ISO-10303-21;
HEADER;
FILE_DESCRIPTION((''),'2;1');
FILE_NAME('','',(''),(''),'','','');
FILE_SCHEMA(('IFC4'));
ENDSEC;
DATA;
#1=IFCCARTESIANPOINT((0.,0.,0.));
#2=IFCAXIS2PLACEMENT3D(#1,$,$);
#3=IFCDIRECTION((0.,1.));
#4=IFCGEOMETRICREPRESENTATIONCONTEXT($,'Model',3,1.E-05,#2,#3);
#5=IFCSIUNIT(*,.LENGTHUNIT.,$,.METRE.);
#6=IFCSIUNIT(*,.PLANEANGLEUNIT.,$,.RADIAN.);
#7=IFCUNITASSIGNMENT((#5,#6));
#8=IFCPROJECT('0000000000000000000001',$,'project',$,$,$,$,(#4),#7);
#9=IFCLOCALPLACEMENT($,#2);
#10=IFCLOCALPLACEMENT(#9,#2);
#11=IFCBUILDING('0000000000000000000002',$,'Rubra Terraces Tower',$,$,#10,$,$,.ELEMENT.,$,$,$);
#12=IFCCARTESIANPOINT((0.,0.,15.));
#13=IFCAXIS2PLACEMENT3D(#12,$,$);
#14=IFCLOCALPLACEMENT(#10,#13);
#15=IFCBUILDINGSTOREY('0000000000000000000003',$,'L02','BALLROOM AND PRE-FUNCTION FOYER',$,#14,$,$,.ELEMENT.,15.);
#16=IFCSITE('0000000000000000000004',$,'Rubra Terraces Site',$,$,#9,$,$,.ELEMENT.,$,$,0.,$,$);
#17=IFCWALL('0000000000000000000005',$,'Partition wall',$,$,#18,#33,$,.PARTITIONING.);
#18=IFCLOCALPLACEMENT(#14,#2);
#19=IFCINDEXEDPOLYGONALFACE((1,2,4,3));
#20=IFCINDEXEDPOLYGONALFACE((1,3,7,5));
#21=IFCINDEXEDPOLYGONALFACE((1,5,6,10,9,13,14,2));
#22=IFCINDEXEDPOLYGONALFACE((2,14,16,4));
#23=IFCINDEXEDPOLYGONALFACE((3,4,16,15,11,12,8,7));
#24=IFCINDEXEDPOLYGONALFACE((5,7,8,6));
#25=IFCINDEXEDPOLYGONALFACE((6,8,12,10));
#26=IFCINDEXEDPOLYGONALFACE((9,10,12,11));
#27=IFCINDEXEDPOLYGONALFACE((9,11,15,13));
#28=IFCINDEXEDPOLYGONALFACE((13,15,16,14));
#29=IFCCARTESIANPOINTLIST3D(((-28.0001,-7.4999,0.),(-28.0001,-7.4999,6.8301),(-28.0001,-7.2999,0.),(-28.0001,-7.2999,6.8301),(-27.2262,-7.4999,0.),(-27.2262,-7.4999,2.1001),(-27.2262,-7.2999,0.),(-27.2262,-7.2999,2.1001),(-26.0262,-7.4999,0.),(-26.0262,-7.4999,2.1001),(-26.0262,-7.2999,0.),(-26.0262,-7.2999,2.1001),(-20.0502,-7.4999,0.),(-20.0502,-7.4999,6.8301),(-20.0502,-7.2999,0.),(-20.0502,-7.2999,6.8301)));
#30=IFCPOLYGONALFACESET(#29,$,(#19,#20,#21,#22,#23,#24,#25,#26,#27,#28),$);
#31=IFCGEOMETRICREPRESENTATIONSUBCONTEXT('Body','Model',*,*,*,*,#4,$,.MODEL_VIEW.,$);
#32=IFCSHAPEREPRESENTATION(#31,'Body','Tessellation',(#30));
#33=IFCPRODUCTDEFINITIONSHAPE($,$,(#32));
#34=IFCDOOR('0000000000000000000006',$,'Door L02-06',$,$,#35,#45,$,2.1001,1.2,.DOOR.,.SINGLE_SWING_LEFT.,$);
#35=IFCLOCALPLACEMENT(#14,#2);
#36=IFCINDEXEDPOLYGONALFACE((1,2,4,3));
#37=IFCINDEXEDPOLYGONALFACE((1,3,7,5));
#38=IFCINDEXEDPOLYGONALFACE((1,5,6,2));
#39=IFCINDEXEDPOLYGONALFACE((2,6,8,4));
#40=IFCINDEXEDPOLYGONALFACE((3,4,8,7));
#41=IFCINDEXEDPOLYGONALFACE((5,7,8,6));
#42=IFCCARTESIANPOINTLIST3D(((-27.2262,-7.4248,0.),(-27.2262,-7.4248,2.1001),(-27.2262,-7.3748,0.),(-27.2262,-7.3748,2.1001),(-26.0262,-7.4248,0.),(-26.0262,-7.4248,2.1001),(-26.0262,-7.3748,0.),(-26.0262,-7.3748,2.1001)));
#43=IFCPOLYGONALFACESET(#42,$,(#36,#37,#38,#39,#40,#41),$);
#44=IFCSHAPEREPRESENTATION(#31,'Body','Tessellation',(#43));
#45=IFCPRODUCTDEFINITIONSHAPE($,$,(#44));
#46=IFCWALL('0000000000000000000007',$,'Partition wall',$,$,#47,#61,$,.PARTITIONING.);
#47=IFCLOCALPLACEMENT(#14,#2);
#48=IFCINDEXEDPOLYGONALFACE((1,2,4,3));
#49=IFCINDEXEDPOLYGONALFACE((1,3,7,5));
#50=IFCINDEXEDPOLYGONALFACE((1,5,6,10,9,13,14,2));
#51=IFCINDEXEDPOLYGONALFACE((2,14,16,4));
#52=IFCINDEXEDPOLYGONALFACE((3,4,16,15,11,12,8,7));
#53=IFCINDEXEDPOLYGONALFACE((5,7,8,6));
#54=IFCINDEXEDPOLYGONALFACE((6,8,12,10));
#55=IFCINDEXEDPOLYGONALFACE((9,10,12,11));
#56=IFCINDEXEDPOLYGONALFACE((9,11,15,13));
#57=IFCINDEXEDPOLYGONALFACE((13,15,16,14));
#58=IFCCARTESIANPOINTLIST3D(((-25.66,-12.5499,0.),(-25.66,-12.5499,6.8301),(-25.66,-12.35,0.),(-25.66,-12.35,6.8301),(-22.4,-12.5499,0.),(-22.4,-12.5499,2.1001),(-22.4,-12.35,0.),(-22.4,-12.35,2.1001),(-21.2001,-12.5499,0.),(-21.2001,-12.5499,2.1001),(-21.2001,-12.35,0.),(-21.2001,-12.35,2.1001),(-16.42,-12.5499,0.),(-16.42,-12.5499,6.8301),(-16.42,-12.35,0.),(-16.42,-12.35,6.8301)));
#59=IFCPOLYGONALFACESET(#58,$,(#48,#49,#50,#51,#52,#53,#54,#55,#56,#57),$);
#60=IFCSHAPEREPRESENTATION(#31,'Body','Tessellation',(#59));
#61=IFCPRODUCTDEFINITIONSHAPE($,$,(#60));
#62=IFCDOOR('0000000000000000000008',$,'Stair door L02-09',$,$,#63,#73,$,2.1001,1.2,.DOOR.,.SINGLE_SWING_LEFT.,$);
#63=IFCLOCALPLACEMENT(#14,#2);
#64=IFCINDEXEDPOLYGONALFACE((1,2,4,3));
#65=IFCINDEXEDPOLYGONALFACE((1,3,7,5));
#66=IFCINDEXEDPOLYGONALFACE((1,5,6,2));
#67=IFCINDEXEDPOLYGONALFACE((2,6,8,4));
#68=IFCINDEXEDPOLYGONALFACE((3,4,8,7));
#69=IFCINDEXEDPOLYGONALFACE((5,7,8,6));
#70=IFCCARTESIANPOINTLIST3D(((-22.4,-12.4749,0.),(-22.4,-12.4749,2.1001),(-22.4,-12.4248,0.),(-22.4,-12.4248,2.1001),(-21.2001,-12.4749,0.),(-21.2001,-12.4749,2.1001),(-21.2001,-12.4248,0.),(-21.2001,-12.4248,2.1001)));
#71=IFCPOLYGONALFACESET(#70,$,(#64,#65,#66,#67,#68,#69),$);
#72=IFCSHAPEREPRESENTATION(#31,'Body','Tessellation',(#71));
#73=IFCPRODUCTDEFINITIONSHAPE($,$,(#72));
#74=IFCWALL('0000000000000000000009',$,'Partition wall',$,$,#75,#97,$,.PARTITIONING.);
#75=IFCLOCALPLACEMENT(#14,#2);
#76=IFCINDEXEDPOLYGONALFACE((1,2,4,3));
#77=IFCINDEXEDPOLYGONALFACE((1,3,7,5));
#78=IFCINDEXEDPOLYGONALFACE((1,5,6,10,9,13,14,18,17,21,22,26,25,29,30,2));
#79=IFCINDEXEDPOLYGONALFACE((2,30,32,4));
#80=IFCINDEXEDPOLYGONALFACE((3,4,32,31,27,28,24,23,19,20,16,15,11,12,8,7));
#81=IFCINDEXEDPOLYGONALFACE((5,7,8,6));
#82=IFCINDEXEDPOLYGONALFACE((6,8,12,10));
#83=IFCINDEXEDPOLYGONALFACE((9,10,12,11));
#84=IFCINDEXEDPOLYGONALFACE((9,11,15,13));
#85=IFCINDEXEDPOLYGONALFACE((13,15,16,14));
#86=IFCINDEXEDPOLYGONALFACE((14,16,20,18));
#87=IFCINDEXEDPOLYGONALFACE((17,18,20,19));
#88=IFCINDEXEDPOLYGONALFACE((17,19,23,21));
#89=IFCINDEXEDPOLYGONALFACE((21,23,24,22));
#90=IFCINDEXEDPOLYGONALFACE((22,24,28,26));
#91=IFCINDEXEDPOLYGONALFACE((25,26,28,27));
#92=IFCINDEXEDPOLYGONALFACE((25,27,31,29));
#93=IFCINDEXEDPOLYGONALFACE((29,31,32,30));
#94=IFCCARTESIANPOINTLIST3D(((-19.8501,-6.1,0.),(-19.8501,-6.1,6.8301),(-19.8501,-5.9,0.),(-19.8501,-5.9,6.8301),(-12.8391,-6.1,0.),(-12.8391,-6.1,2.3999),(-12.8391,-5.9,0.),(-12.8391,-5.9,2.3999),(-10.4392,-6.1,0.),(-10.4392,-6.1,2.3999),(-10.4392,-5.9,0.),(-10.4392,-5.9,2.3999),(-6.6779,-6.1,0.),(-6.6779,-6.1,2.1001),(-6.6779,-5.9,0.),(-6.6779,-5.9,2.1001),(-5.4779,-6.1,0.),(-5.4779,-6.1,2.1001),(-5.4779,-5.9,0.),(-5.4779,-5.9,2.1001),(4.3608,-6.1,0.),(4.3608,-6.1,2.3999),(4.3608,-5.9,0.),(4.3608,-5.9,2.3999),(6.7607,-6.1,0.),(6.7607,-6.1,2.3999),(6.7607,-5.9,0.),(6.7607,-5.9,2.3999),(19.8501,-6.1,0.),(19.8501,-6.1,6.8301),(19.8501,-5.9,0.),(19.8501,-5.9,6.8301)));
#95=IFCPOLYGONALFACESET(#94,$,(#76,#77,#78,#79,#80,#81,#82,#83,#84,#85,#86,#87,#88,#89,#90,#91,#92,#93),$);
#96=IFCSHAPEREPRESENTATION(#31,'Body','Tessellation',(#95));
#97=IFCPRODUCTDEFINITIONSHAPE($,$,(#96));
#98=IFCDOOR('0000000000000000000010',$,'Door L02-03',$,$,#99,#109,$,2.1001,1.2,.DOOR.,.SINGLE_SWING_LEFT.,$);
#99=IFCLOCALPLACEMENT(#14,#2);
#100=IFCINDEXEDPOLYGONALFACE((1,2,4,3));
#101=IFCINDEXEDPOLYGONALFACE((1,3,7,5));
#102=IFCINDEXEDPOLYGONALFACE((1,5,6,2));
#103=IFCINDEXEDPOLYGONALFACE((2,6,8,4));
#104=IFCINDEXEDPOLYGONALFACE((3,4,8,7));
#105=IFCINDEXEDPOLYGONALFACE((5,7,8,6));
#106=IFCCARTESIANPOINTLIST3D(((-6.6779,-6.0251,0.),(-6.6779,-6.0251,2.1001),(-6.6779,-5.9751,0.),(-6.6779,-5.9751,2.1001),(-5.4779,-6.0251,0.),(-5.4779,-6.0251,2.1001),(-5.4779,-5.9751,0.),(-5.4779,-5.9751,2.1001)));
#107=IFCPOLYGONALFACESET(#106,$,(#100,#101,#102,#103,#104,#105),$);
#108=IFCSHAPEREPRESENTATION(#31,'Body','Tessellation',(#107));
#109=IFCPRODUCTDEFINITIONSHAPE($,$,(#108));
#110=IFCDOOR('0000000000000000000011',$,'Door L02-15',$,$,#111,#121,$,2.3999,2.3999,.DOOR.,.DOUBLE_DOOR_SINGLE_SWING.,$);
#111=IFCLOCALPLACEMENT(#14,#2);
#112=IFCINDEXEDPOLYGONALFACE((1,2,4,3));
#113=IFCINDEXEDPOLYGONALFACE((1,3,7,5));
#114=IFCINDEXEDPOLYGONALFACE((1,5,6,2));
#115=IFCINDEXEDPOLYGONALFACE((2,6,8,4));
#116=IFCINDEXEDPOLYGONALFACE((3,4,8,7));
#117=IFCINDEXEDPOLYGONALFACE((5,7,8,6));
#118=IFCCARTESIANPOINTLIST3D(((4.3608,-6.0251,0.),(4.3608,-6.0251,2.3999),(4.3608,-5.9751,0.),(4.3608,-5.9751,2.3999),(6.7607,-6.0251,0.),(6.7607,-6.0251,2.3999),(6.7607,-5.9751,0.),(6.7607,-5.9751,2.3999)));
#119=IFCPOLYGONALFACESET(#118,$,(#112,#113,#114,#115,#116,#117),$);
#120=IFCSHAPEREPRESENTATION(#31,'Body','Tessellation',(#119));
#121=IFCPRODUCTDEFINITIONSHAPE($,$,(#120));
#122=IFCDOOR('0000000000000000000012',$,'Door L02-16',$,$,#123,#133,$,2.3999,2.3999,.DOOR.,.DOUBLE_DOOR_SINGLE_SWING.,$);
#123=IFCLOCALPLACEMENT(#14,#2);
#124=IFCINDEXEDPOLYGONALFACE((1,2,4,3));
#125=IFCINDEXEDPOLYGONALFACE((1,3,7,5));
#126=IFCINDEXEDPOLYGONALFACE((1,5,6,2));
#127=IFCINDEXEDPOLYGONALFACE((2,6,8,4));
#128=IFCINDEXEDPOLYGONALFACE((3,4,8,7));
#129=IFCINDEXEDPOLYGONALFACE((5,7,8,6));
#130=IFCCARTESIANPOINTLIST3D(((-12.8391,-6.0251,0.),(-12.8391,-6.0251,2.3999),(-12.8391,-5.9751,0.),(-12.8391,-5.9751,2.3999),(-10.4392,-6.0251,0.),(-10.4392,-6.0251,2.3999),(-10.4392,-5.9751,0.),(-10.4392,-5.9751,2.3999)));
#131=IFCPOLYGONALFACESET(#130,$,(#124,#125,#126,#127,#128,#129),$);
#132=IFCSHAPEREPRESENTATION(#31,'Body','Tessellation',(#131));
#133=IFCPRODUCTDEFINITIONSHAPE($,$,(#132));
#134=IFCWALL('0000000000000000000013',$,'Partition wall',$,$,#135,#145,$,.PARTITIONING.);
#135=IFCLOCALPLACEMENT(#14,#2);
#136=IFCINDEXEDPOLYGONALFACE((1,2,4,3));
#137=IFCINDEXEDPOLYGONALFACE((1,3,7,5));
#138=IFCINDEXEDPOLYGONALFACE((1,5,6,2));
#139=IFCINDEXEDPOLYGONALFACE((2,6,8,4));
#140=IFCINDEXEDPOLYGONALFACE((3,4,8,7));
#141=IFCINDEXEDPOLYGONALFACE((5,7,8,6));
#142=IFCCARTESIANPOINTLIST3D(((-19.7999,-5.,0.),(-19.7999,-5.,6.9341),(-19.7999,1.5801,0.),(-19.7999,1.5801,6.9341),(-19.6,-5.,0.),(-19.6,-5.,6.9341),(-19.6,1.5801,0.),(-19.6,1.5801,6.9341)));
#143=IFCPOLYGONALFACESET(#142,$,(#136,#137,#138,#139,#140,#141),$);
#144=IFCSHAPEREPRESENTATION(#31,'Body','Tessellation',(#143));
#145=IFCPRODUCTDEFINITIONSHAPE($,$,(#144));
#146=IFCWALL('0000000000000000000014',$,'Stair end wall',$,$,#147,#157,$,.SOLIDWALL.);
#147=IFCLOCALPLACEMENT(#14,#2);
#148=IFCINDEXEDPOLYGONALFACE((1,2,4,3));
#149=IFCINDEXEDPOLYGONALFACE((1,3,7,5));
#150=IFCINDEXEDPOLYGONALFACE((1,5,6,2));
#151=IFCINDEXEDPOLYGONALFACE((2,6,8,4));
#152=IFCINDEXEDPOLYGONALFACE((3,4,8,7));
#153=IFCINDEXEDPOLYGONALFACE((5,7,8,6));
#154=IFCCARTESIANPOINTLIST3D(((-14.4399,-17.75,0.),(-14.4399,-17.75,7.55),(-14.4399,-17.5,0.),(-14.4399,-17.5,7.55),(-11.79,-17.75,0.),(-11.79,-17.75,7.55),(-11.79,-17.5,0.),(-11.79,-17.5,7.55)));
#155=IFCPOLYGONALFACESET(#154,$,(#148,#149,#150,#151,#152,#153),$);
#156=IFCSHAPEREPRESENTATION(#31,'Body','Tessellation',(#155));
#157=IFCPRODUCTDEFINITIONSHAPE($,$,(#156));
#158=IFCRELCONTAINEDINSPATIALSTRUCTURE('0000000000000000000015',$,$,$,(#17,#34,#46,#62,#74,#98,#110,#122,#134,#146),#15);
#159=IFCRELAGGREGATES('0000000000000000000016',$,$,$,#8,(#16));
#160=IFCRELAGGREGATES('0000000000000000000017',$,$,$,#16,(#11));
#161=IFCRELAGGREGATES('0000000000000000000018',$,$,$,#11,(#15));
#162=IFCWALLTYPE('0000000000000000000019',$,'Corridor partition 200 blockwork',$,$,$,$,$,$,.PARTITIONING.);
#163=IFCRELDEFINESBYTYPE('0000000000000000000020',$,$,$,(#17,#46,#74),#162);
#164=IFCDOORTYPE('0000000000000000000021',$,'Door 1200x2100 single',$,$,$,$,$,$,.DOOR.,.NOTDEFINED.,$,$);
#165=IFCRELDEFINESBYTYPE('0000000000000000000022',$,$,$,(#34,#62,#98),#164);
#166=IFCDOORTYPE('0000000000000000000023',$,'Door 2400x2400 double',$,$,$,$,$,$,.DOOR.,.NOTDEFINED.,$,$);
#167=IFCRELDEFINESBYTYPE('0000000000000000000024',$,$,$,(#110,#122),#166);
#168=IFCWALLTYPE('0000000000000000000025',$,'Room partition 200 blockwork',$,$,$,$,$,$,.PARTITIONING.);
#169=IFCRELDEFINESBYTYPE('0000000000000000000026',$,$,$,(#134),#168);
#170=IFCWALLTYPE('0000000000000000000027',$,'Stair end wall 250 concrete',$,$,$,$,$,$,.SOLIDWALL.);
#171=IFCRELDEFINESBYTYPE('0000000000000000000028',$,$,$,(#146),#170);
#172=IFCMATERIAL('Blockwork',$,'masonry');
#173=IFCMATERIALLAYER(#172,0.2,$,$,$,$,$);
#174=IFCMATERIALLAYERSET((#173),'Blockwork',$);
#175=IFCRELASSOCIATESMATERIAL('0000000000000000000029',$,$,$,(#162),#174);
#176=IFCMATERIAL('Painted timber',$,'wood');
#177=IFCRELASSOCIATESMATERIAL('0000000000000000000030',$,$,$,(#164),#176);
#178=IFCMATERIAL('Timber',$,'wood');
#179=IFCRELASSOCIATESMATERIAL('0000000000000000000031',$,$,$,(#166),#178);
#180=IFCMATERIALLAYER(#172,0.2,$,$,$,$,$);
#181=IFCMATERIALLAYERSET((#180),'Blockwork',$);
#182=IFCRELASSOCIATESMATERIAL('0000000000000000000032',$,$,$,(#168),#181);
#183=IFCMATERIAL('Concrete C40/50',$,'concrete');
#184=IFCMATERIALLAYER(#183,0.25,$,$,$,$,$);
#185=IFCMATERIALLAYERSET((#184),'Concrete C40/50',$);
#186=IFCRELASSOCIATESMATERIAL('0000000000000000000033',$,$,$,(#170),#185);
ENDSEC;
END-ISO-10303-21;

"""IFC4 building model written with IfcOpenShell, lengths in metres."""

from ifc_helpers import new_model, si_unit, direction, frame, frame_2d, origin, place, context, subcontext, project, spatial, rectangle, extrude, material, layer, layer_set, type_object, element, fill, save


model = new_model("IFC4")

# Units and contexts
model_context = context("Model", 3, precision=1e-05, world=origin(), true_north=direction((0.0, 1.0)))
body_context = subcontext(model_context, "Body", "Model", "MODEL_VIEW")
ifc_project = project(units=[si_unit("LENGTHUNIT", "METRE"), si_unit("PLANEANGLEUNIT", "RADIAN")], contexts=[model_context])

# Site, building, storey
site_placement = place(None, origin())
site = spatial("IfcSite", under=ifc_project, at=site_placement, Name="Rubra Terraces Site", CompositionType="ELEMENT", RefElevation=0.0)
building_placement = place(site_placement, origin())
building = spatial("IfcBuilding", under=site, at=building_placement, Name="Rubra Terraces Tower", CompositionType="ELEMENT")
storey_placement = place(building_placement, frame((0.0, 0.0, 15.0)))
storey = spatial("IfcBuildingStorey", under=building, at=storey_placement, Name="L02", Description="BALLROOM AND PRE-FUNCTION FOYER", CompositionType="ELEMENT", Elevation=15.0)

# Shared definitions
ifc_material_1 = material(Name="Blockwork", Category="masonry")
ifc_layer_1 = layer(ifc_material_1, 0.2)
ifc_layer_set_1 = layer_set([ifc_layer_1], Name="Blockwork")
wall_type_1 = type_object("IfcWallType", Name="Corridor partition 200 blockwork", PredefinedType="PARTITIONING", material=ifc_layer_set_1)

# Walls, openings, doors
wall_1_placement = place(storey_placement, frame((-20.05, -7.3999, 0.0), z_axis=(0.0, 0.0, 1.0), x_axis=(-1.0, 0.0, 0.0)))
wall_1 = element("IfcWall", 1, at=wall_1_placement, inside=storey, type_object=wall_type_1, Name="Partition wall", PredefinedType="PARTITIONING", context=body_context, shape_type="SweptSolid", body=[
    extrude(rectangle(XDim=7.95, YDim=0.2, at=frame_2d((3.9751, 0.0))), origin(), (0.0, 0.0, 1.0), 6.8301),
])
opening_1_placement = place(wall_1_placement, frame((5.9761, 0.0, 0.0)))
opening_1 = element("IfcOpeningElement", 2, at=opening_1_placement, cuts=wall_1, PredefinedType="OPENING", context=body_context, shape_type="SweptSolid", body=[
    extrude(rectangle(XDim=1.2, YDim=2.1001, at=frame_2d((0.6001, 1.05))), frame((0.0, 0.1099, 0.0), z_axis=(0.0, -1.0, 0.0), x_axis=(1.0, 0.0, 0.0)), (0.0, 0.0, 1.0), 0.22),
])
ifc_material_2 = material(Name="Painted timber", Category="wood")
door_type_1 = type_object("IfcDoorType", Name="Door 1200x2100 single", OperationType="NOTDEFINED", PredefinedType="DOOR", material=ifc_material_2)
door_1_placement = place(opening_1_placement, origin())
door_1 = element("IfcDoor", 3, at=door_1_placement, inside=storey, type_object=door_type_1, Name="Door L02-06", OperationType="SINGLE_SWING_LEFT", OverallHeight=2.1001, OverallWidth=1.2, PredefinedType="DOOR", context=body_context, shape_type="SweptSolid", body=[
    extrude(rectangle(XDim=1.2, YDim=2.1001, at=frame_2d((0.6001, 1.05))), frame((0.0, 0.0249, 0.0), z_axis=(0.0, -1.0, 0.0), x_axis=(1.0, 0.0, 0.0)), (0.0, 0.0, 1.0), 0.05),
])
fill(opening_1, door_1)
wall_2_placement = place(storey_placement, frame((-16.4199, -12.45, 0.0), z_axis=(0.0, 0.0, 1.0), x_axis=(-1.0, 0.0, 0.0)))
wall_2 = element("IfcWall", 4, at=wall_2_placement, inside=storey, type_object=wall_type_1, Name="Partition wall", PredefinedType="PARTITIONING", context=body_context, shape_type="SweptSolid", body=[
    extrude(rectangle(XDim=9.24, YDim=0.2, at=frame_2d((4.6201, 0.0))), origin(), (0.0, 0.0, 1.0), 6.8301),
])
opening_2_placement = place(wall_2_placement, frame((4.78, 0.0, 0.0)))
opening_2 = element("IfcOpeningElement", 5, at=opening_2_placement, cuts=wall_2, PredefinedType="OPENING", context=body_context, shape_type="SweptSolid", body=[
    extrude(rectangle(XDim=1.2, YDim=2.1001, at=frame_2d((0.6001, 1.05))), frame((0.0, 0.1099, 0.0), z_axis=(0.0, -1.0, 0.0), x_axis=(1.0, 0.0, 0.0)), (0.0, 0.0, 1.0), 0.22),
])
door_2_placement = place(opening_2_placement, origin())
door_2 = element("IfcDoor", 6, at=door_2_placement, inside=storey, type_object=door_type_1, Name="Stair door L02-09", OperationType="SINGLE_SWING_LEFT", OverallHeight=2.1001, OverallWidth=1.2, PredefinedType="DOOR", context=body_context, shape_type="SweptSolid", body=[
    extrude(rectangle(XDim=1.2, YDim=2.1001, at=frame_2d((0.6001, 1.05))), frame((0.0, 0.0249, 0.0), z_axis=(0.0, -1.0, 0.0), x_axis=(1.0, 0.0, 0.0)), (0.0, 0.0, 1.0), 0.05),
])
fill(opening_2, door_2)

# Wall, openings, doors
wall_3_placement = place(storey_placement, frame((-19.8501, -6.0, 0.0), z_axis=(0.0, 0.0, 1.0), x_axis=(1.0, 0.0, 0.0)))
wall_3 = element("IfcWall", 7, at=wall_3_placement, inside=storey, type_object=wall_type_1, Name="Partition wall", PredefinedType="PARTITIONING", context=body_context, shape_type="SweptSolid", body=[
    extrude(rectangle(XDim=39.7002, YDim=0.2, at=frame_2d((19.8501, 0.0))), origin(), (0.0, 0.0, 1.0), 6.8301),
])
opening_3_placement = place(wall_3_placement, frame((13.1721, 0.0, 0.0)))
opening_3 = element("IfcOpeningElement", 8, at=opening_3_placement, cuts=wall_3, PredefinedType="OPENING", context=body_context, shape_type="SweptSolid", body=[
    extrude(rectangle(XDim=1.2, YDim=2.1001, at=frame_2d((0.6001, 1.05))), frame((0.0, 0.1099, 0.0), z_axis=(0.0, -1.0, 0.0), x_axis=(1.0, 0.0, 0.0)), (0.0, 0.0, 1.0), 0.22),
])
opening_4_placement = place(wall_3_placement, frame((24.2109, 0.0, 0.0)))
opening_4 = element("IfcOpeningElement", 9, at=opening_4_placement, cuts=wall_3, PredefinedType="OPENING", context=body_context, shape_type="SweptSolid", body=[
    extrude(rectangle(XDim=2.3999, YDim=2.3999, at=frame_2d((1.2, 1.2))), frame((0.0, 0.1099, 0.0), z_axis=(0.0, -1.0, 0.0), x_axis=(1.0, 0.0, 0.0)), (0.0, 0.0, 1.0), 0.22),
])
opening_5_placement = place(wall_3_placement, frame((7.011, 0.0, 0.0)))
opening_5 = element("IfcOpeningElement", 10, at=opening_5_placement, cuts=wall_3, PredefinedType="OPENING", context=body_context, shape_type="SweptSolid", body=[
    extrude(rectangle(XDim=2.3999, YDim=2.3999, at=frame_2d((1.2, 1.2))), frame((0.0, 0.1099, 0.0), z_axis=(0.0, -1.0, 0.0), x_axis=(1.0, 0.0, 0.0)), (0.0, 0.0, 1.0), 0.22),
])
door_3_placement = place(opening_3_placement, origin())
door_3 = element("IfcDoor", 11, at=door_3_placement, inside=storey, type_object=door_type_1, Name="Door L02-03", OperationType="SINGLE_SWING_LEFT", OverallHeight=2.1001, OverallWidth=1.2, PredefinedType="DOOR", context=body_context, shape_type="SweptSolid", body=[
    extrude(rectangle(XDim=1.2, YDim=2.1001, at=frame_2d((0.6001, 1.05))), frame((0.0, 0.0249, 0.0), z_axis=(0.0, -1.0, 0.0), x_axis=(1.0, 0.0, 0.0)), (0.0, 0.0, 1.0), 0.05),
])
fill(opening_3, door_3)
ifc_material_3 = material(Name="Timber", Category="wood")
door_type_2 = type_object("IfcDoorType", Name="Door 2400x2400 double", OperationType="NOTDEFINED", PredefinedType="DOOR", material=ifc_material_3)
door_4_placement = place(opening_4_placement, origin())
door_4 = element("IfcDoor", 12, at=door_4_placement, inside=storey, type_object=door_type_2, Name="Door L02-15", OperationType="DOUBLE_DOOR_SINGLE_SWING", OverallHeight=2.3999, OverallWidth=2.3999, PredefinedType="DOOR", context=body_context, shape_type="SweptSolid", body=[
    extrude(rectangle(XDim=2.3999, YDim=2.3999, at=frame_2d((1.2, 1.2))), frame((0.0, 0.0249, 0.0), z_axis=(0.0, -1.0, 0.0), x_axis=(1.0, 0.0, 0.0)), (0.0, 0.0, 1.0), 0.05),
])
fill(opening_4, door_4)
door_5_placement = place(opening_5_placement, origin())
door_5 = element("IfcDoor", 13, at=door_5_placement, inside=storey, type_object=door_type_2, Name="Door L02-16", OperationType="DOUBLE_DOOR_SINGLE_SWING", OverallHeight=2.3999, OverallWidth=2.3999, PredefinedType="DOOR", context=body_context, shape_type="SweptSolid", body=[
    extrude(rectangle(XDim=2.3999, YDim=2.3999, at=frame_2d((1.2, 1.2))), frame((0.0, 0.0249, 0.0), z_axis=(0.0, -1.0, 0.0), x_axis=(1.0, 0.0, 0.0)), (0.0, 0.0, 1.0), 0.05),
])
fill(opening_5, door_5)

# Walls
ifc_layer_2 = layer(ifc_material_1, 0.2)
ifc_layer_set_2 = layer_set([ifc_layer_2], Name="Blockwork")
wall_type_2 = type_object("IfcWallType", Name="Room partition 200 blockwork", PredefinedType="PARTITIONING", material=ifc_layer_set_2)
wall_4_placement = place(storey_placement, frame((-19.7, -5.0, 0.0), z_axis=(0.0, 0.0, 1.0), x_axis=(0.0, 1.0, 0.0)))
element("IfcWall", 14, at=wall_4_placement, inside=storey, type_object=wall_type_2, Name="Partition wall", PredefinedType="PARTITIONING", context=body_context, shape_type="SweptSolid", body=[
    extrude(rectangle(XDim=6.5801, YDim=0.2, at=frame_2d((3.29, 0.0))), origin(), (0.0, 0.0, 1.0), 6.9341),
])
ifc_material_4 = material(Name="Concrete C40/50", Category="concrete")
ifc_layer_3 = layer(ifc_material_4, 0.25)
ifc_layer_set_3 = layer_set([ifc_layer_3], Name="Concrete C40/50")
wall_type_3 = type_object("IfcWallType", Name="Stair end wall 250 concrete", PredefinedType="SOLIDWALL", material=ifc_layer_set_3)
wall_5_placement = place(storey_placement, frame((-14.4399, -17.625, 0.0), z_axis=(0.0, 0.0, 1.0), x_axis=(1.0, 0.0, 0.0)))
element("IfcWall", 15, at=wall_5_placement, inside=storey, type_object=wall_type_3, Name="Stair end wall", PredefinedType="SOLIDWALL", context=body_context, shape_type="SweptSolid", body=[
    extrude(rectangle(XDim=2.6499, YDim=0.25, at=frame_2d((1.325, 0.0))), origin(), (0.0, 0.0, 1.0), 7.55),
])

save(model, "model.ifc")
